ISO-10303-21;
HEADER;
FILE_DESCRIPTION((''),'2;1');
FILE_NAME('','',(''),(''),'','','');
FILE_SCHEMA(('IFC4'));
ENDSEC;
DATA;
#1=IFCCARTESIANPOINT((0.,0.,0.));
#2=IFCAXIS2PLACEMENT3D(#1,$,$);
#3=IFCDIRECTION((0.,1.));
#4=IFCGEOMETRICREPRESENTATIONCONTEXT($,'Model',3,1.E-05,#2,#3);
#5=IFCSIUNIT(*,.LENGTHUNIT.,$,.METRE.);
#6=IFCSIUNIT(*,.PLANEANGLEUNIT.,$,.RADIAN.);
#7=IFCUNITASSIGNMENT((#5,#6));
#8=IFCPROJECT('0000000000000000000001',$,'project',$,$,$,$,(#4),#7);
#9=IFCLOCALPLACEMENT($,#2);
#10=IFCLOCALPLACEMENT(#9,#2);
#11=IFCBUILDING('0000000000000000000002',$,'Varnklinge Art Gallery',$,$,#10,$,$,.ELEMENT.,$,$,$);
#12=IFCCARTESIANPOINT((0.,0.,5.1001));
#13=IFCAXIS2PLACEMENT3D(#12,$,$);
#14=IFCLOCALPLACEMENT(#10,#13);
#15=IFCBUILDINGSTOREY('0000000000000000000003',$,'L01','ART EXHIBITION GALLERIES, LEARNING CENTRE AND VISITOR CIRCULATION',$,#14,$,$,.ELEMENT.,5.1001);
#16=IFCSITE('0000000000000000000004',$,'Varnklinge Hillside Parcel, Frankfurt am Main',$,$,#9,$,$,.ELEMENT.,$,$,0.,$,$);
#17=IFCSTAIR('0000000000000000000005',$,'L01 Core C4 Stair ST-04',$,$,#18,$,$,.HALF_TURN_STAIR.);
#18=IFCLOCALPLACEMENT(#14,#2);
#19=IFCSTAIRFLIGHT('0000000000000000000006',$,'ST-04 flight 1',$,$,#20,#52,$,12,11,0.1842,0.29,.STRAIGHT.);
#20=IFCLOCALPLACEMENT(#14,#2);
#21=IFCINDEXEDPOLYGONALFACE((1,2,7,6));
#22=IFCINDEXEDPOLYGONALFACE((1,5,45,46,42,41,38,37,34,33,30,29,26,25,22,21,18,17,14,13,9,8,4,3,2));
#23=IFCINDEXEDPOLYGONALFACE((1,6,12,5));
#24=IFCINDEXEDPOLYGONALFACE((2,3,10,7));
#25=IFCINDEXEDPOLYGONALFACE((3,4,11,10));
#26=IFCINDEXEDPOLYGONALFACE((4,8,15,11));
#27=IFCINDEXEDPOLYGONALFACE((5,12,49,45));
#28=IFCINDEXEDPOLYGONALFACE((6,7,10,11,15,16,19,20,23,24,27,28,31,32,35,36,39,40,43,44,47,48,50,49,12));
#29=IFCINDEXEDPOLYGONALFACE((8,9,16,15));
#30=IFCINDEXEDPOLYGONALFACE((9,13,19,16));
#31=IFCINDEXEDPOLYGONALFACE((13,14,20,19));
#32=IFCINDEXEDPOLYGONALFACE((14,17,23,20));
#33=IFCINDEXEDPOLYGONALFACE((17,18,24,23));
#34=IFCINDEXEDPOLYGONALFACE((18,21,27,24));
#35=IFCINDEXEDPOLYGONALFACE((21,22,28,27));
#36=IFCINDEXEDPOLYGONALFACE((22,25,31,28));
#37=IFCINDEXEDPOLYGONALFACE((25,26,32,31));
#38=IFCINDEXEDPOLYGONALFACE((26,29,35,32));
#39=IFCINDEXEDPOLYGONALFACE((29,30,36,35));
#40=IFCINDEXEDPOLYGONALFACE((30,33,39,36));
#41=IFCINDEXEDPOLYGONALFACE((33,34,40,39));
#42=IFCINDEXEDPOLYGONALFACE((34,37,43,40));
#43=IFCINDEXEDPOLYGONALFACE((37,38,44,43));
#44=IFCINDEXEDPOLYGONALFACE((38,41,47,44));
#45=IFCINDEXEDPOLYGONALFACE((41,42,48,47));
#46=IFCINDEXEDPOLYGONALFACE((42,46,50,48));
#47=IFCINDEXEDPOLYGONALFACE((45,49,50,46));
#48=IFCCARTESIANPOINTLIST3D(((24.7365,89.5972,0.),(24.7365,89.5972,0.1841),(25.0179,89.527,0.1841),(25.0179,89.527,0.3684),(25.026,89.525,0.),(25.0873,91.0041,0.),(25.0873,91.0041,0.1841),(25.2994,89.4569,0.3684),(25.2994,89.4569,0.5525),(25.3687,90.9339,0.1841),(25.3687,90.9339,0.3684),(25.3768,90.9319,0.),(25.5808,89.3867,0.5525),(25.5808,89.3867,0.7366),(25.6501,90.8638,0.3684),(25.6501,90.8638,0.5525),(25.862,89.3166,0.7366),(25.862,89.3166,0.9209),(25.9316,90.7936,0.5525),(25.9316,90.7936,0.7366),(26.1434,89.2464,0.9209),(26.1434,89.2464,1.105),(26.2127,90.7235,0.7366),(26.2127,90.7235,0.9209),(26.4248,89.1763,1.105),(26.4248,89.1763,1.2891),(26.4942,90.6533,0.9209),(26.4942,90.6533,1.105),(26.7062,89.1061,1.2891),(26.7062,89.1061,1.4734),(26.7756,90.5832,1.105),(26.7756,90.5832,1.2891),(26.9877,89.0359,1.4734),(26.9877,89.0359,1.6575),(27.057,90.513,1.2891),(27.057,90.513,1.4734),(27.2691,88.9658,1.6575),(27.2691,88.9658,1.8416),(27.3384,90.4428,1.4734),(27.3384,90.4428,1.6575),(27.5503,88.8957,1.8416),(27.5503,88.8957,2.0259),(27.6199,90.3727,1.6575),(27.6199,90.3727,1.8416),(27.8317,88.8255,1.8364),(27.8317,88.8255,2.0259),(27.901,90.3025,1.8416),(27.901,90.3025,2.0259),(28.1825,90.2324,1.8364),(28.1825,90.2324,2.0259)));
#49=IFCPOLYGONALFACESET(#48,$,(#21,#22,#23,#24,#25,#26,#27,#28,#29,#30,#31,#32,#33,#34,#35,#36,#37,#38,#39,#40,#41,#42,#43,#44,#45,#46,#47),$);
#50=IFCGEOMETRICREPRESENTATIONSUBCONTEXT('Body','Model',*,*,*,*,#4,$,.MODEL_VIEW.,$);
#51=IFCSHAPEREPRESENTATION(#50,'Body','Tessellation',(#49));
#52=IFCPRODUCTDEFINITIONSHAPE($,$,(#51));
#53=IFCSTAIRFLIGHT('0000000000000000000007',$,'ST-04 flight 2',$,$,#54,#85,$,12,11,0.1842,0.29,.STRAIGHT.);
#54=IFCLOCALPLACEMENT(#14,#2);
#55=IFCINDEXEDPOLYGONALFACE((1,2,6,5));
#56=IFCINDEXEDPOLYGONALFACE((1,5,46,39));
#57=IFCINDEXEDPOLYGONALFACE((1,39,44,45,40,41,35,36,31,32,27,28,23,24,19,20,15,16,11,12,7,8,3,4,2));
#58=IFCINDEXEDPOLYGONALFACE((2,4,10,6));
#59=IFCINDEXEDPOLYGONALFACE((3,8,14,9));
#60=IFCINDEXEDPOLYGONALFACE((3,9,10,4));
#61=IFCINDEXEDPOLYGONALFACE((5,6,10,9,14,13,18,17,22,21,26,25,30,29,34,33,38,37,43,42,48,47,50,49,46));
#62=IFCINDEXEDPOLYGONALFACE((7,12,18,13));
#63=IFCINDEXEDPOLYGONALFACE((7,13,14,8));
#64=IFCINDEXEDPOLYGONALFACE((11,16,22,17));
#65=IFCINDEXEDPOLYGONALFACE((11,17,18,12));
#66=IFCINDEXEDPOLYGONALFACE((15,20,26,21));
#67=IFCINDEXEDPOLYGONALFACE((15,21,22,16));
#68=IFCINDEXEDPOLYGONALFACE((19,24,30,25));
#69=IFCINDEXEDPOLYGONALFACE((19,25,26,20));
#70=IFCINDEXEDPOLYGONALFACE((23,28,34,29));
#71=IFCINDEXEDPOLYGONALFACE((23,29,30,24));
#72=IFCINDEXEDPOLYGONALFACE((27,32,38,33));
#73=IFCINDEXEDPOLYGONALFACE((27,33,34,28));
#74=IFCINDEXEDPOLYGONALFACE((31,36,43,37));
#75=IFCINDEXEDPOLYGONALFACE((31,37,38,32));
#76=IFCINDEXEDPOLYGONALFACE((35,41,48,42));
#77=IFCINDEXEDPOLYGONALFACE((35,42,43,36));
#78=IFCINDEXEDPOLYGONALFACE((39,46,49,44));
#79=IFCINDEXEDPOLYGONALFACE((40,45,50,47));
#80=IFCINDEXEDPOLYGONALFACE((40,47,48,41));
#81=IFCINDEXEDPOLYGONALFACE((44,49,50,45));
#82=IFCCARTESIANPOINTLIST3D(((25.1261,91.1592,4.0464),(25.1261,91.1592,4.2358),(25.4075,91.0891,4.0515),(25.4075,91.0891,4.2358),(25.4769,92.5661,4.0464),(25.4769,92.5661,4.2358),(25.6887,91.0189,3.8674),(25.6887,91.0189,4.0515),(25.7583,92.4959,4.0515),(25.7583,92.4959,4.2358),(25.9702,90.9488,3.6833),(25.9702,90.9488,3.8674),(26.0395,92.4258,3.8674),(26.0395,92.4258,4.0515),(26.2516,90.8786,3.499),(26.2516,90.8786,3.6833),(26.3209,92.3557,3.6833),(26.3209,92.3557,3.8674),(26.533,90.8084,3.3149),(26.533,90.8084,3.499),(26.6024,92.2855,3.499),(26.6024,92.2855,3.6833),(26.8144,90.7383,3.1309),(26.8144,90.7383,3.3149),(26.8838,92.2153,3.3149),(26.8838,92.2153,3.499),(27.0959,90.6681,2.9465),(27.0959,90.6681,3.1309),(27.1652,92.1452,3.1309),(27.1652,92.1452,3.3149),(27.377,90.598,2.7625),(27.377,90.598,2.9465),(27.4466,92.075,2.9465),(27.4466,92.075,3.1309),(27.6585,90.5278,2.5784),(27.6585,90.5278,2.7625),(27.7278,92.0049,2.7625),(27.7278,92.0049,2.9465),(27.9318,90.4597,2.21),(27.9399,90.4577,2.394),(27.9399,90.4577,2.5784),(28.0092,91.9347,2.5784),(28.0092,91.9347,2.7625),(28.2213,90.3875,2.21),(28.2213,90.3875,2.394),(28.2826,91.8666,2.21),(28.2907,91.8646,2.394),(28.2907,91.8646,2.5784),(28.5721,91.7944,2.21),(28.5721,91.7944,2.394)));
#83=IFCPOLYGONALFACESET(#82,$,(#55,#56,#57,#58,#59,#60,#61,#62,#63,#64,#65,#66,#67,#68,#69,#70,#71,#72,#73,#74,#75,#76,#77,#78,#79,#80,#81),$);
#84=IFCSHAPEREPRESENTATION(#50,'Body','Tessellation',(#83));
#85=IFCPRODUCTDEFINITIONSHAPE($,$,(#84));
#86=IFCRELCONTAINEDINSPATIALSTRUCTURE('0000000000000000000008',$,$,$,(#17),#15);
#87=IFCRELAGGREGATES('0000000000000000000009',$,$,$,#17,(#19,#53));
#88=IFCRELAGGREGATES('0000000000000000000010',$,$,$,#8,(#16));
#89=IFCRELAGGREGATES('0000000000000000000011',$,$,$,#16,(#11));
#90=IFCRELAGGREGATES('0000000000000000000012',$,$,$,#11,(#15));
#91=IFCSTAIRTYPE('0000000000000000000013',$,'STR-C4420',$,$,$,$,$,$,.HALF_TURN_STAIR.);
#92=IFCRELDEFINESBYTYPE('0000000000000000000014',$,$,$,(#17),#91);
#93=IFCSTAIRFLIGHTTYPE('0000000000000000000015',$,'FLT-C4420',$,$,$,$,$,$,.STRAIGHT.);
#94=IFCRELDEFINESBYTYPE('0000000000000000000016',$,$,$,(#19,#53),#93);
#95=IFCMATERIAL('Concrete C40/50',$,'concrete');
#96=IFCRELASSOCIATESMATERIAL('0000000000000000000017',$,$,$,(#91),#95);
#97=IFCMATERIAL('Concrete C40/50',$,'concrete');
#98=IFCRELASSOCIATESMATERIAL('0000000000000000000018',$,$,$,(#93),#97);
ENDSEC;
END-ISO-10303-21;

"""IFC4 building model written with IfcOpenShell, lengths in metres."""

from ifc_helpers import new_model, si_unit, direction, frame, origin, place, context, subcontext, project, spatial, polyline, outline, extrude, material, type_object, element, aggregate, save


model = new_model("IFC4")

# Units and contexts
model_context = context("Model", 3, precision=1e-05, world=origin(), true_north=direction((0.0, 1.0)))
body_context = subcontext(model_context, "Body", "Model", "MODEL_VIEW")
ifc_project = project(units=[si_unit("LENGTHUNIT", "METRE"), si_unit("PLANEANGLEUNIT", "RADIAN")], contexts=[model_context])

# Site, building, storey
site_placement = place(None, origin())
site = spatial("IfcSite", under=ifc_project, at=site_placement, Name="Varnklinge Hillside Parcel, Frankfurt am Main", CompositionType="ELEMENT", RefElevation=0.0)
building_placement = place(site_placement, origin())
building = spatial("IfcBuilding", under=site, at=building_placement, Name="Varnklinge Art Gallery", CompositionType="ELEMENT")
storey_placement = place(building_placement, frame((0.0, 0.0, 5.1001)))
storey = spatial("IfcBuildingStorey", under=building, at=storey_placement, Name="L01", Description="ART EXHIBITION GALLERIES, LEARNING CENTRE AND VISITOR CIRCULATION", CompositionType="ELEMENT", Elevation=5.1001)

# Stair, stair flights
ifc_material_1 = material(Name="Concrete C40/50", Category="concrete")
stair_type = type_object("IfcStairType", Name="STR-C4420", PredefinedType="HALF_TURN_STAIR", material=ifc_material_1)
stair_placement = place(storey_placement, origin())
stair = element("IfcStair", 1, at=stair_placement, inside=storey, type_object=stair_type, Name="L01 Core C4 Stair ST-04", PredefinedType="HALF_TURN_STAIR")
ifc_material_2 = material(Name="Concrete C40/50", Category="concrete")
stair_flight_type = type_object("IfcStairFlightType", Name="FLT-C4420", PredefinedType="STRAIGHT", material=ifc_material_2)
stair_flight_1_placement = place(storey_placement, frame((24.9119, 90.3005, 0.0), z_axis=(0.0, 0.0, 1.0), x_axis=(0.970296, -0.241922, 0.0)))
stair_flight_1 = element("IfcStairFlight", 2, at=stair_flight_1_placement, type_object=stair_flight_type, Name="ST-04 flight 1", NumberOfRisers=12, NumberOfTreads=11, PredefinedType="STRAIGHT", RiserHeight=0.1842, TreadLength=0.29, context=body_context, shape_type="SweptSolid", body=[
    extrude(outline(polyline([(0.0, 0.0), (0.0, 0.1841), (0.29, 0.1841), (0.29, 0.3684), (0.5801, 0.3684), (0.5801, 0.5525), (0.8701, 0.5525), (0.8701, 0.7366), (1.1599, 0.7366), (1.1599, 0.9209), (1.45, 0.9209), (1.45, 1.105), (1.74, 1.105), (1.74, 1.2891), (2.03, 1.2891), (2.03, 1.4734), (2.3201, 1.4734), (2.3201, 1.6575), (2.6101, 1.6575), (2.6101, 1.8416), (2.8999, 1.8416), (2.8999, 2.0259), (3.1899, 2.0259), (3.1899, 2.21), (3.1899, 1.8364), (0.2983, 0.0), (0.0, 0.0)])), frame((0.0, 0.7251, 0.0), z_axis=(0.0, -1.0, 0.0), x_axis=(1.0, 0.0, 0.0)), (0.0, 0.0, 1.0), 1.45),
])
stair_flight_2_placement = place(storey_placement, frame((28.3967, 91.0911, 2.21), z_axis=(0.0, 0.0, 1.0), x_axis=(-0.970296, 0.241922, 0.0)))
stair_flight_2 = element("IfcStairFlight", 3, at=stair_flight_2_placement, type_object=stair_flight_type, Name="ST-04 flight 2", NumberOfRisers=12, NumberOfTreads=11, PredefinedType="STRAIGHT", RiserHeight=0.1842, TreadLength=0.29, context=body_context, shape_type="SweptSolid", body=[
    extrude(outline(polyline([(0.0, 0.0), (0.0, 0.1841), (0.29, 0.1841), (0.29, 0.3684), (0.5801, 0.3684), (0.5801, 0.5525), (0.8701, 0.5525), (0.8701, 0.7366), (1.1599, 0.7366), (1.1599, 0.9209), (1.45, 0.9209), (1.45, 1.105), (1.74, 1.105), (1.74, 1.2891), (2.03, 1.2891), (2.03, 1.4734), (2.3201, 1.4734), (2.3201, 1.6575), (2.6101, 1.6575), (2.6101, 1.8416), (2.8999, 1.8416), (2.8999, 2.0259), (3.1899, 2.0259), (3.1899, 2.21), (3.1899, 1.8364), (0.2983, 0.0), (0.0, 0.0)])), frame((0.0, 0.7251, 0.0), z_axis=(0.0, -1.0, 0.0), x_axis=(1.0, 0.0, 0.0)), (0.0, 0.0, 1.0), 1.45),
])
aggregate(stair, [stair_flight_1, stair_flight_2])

save(model, "model.ifc")
